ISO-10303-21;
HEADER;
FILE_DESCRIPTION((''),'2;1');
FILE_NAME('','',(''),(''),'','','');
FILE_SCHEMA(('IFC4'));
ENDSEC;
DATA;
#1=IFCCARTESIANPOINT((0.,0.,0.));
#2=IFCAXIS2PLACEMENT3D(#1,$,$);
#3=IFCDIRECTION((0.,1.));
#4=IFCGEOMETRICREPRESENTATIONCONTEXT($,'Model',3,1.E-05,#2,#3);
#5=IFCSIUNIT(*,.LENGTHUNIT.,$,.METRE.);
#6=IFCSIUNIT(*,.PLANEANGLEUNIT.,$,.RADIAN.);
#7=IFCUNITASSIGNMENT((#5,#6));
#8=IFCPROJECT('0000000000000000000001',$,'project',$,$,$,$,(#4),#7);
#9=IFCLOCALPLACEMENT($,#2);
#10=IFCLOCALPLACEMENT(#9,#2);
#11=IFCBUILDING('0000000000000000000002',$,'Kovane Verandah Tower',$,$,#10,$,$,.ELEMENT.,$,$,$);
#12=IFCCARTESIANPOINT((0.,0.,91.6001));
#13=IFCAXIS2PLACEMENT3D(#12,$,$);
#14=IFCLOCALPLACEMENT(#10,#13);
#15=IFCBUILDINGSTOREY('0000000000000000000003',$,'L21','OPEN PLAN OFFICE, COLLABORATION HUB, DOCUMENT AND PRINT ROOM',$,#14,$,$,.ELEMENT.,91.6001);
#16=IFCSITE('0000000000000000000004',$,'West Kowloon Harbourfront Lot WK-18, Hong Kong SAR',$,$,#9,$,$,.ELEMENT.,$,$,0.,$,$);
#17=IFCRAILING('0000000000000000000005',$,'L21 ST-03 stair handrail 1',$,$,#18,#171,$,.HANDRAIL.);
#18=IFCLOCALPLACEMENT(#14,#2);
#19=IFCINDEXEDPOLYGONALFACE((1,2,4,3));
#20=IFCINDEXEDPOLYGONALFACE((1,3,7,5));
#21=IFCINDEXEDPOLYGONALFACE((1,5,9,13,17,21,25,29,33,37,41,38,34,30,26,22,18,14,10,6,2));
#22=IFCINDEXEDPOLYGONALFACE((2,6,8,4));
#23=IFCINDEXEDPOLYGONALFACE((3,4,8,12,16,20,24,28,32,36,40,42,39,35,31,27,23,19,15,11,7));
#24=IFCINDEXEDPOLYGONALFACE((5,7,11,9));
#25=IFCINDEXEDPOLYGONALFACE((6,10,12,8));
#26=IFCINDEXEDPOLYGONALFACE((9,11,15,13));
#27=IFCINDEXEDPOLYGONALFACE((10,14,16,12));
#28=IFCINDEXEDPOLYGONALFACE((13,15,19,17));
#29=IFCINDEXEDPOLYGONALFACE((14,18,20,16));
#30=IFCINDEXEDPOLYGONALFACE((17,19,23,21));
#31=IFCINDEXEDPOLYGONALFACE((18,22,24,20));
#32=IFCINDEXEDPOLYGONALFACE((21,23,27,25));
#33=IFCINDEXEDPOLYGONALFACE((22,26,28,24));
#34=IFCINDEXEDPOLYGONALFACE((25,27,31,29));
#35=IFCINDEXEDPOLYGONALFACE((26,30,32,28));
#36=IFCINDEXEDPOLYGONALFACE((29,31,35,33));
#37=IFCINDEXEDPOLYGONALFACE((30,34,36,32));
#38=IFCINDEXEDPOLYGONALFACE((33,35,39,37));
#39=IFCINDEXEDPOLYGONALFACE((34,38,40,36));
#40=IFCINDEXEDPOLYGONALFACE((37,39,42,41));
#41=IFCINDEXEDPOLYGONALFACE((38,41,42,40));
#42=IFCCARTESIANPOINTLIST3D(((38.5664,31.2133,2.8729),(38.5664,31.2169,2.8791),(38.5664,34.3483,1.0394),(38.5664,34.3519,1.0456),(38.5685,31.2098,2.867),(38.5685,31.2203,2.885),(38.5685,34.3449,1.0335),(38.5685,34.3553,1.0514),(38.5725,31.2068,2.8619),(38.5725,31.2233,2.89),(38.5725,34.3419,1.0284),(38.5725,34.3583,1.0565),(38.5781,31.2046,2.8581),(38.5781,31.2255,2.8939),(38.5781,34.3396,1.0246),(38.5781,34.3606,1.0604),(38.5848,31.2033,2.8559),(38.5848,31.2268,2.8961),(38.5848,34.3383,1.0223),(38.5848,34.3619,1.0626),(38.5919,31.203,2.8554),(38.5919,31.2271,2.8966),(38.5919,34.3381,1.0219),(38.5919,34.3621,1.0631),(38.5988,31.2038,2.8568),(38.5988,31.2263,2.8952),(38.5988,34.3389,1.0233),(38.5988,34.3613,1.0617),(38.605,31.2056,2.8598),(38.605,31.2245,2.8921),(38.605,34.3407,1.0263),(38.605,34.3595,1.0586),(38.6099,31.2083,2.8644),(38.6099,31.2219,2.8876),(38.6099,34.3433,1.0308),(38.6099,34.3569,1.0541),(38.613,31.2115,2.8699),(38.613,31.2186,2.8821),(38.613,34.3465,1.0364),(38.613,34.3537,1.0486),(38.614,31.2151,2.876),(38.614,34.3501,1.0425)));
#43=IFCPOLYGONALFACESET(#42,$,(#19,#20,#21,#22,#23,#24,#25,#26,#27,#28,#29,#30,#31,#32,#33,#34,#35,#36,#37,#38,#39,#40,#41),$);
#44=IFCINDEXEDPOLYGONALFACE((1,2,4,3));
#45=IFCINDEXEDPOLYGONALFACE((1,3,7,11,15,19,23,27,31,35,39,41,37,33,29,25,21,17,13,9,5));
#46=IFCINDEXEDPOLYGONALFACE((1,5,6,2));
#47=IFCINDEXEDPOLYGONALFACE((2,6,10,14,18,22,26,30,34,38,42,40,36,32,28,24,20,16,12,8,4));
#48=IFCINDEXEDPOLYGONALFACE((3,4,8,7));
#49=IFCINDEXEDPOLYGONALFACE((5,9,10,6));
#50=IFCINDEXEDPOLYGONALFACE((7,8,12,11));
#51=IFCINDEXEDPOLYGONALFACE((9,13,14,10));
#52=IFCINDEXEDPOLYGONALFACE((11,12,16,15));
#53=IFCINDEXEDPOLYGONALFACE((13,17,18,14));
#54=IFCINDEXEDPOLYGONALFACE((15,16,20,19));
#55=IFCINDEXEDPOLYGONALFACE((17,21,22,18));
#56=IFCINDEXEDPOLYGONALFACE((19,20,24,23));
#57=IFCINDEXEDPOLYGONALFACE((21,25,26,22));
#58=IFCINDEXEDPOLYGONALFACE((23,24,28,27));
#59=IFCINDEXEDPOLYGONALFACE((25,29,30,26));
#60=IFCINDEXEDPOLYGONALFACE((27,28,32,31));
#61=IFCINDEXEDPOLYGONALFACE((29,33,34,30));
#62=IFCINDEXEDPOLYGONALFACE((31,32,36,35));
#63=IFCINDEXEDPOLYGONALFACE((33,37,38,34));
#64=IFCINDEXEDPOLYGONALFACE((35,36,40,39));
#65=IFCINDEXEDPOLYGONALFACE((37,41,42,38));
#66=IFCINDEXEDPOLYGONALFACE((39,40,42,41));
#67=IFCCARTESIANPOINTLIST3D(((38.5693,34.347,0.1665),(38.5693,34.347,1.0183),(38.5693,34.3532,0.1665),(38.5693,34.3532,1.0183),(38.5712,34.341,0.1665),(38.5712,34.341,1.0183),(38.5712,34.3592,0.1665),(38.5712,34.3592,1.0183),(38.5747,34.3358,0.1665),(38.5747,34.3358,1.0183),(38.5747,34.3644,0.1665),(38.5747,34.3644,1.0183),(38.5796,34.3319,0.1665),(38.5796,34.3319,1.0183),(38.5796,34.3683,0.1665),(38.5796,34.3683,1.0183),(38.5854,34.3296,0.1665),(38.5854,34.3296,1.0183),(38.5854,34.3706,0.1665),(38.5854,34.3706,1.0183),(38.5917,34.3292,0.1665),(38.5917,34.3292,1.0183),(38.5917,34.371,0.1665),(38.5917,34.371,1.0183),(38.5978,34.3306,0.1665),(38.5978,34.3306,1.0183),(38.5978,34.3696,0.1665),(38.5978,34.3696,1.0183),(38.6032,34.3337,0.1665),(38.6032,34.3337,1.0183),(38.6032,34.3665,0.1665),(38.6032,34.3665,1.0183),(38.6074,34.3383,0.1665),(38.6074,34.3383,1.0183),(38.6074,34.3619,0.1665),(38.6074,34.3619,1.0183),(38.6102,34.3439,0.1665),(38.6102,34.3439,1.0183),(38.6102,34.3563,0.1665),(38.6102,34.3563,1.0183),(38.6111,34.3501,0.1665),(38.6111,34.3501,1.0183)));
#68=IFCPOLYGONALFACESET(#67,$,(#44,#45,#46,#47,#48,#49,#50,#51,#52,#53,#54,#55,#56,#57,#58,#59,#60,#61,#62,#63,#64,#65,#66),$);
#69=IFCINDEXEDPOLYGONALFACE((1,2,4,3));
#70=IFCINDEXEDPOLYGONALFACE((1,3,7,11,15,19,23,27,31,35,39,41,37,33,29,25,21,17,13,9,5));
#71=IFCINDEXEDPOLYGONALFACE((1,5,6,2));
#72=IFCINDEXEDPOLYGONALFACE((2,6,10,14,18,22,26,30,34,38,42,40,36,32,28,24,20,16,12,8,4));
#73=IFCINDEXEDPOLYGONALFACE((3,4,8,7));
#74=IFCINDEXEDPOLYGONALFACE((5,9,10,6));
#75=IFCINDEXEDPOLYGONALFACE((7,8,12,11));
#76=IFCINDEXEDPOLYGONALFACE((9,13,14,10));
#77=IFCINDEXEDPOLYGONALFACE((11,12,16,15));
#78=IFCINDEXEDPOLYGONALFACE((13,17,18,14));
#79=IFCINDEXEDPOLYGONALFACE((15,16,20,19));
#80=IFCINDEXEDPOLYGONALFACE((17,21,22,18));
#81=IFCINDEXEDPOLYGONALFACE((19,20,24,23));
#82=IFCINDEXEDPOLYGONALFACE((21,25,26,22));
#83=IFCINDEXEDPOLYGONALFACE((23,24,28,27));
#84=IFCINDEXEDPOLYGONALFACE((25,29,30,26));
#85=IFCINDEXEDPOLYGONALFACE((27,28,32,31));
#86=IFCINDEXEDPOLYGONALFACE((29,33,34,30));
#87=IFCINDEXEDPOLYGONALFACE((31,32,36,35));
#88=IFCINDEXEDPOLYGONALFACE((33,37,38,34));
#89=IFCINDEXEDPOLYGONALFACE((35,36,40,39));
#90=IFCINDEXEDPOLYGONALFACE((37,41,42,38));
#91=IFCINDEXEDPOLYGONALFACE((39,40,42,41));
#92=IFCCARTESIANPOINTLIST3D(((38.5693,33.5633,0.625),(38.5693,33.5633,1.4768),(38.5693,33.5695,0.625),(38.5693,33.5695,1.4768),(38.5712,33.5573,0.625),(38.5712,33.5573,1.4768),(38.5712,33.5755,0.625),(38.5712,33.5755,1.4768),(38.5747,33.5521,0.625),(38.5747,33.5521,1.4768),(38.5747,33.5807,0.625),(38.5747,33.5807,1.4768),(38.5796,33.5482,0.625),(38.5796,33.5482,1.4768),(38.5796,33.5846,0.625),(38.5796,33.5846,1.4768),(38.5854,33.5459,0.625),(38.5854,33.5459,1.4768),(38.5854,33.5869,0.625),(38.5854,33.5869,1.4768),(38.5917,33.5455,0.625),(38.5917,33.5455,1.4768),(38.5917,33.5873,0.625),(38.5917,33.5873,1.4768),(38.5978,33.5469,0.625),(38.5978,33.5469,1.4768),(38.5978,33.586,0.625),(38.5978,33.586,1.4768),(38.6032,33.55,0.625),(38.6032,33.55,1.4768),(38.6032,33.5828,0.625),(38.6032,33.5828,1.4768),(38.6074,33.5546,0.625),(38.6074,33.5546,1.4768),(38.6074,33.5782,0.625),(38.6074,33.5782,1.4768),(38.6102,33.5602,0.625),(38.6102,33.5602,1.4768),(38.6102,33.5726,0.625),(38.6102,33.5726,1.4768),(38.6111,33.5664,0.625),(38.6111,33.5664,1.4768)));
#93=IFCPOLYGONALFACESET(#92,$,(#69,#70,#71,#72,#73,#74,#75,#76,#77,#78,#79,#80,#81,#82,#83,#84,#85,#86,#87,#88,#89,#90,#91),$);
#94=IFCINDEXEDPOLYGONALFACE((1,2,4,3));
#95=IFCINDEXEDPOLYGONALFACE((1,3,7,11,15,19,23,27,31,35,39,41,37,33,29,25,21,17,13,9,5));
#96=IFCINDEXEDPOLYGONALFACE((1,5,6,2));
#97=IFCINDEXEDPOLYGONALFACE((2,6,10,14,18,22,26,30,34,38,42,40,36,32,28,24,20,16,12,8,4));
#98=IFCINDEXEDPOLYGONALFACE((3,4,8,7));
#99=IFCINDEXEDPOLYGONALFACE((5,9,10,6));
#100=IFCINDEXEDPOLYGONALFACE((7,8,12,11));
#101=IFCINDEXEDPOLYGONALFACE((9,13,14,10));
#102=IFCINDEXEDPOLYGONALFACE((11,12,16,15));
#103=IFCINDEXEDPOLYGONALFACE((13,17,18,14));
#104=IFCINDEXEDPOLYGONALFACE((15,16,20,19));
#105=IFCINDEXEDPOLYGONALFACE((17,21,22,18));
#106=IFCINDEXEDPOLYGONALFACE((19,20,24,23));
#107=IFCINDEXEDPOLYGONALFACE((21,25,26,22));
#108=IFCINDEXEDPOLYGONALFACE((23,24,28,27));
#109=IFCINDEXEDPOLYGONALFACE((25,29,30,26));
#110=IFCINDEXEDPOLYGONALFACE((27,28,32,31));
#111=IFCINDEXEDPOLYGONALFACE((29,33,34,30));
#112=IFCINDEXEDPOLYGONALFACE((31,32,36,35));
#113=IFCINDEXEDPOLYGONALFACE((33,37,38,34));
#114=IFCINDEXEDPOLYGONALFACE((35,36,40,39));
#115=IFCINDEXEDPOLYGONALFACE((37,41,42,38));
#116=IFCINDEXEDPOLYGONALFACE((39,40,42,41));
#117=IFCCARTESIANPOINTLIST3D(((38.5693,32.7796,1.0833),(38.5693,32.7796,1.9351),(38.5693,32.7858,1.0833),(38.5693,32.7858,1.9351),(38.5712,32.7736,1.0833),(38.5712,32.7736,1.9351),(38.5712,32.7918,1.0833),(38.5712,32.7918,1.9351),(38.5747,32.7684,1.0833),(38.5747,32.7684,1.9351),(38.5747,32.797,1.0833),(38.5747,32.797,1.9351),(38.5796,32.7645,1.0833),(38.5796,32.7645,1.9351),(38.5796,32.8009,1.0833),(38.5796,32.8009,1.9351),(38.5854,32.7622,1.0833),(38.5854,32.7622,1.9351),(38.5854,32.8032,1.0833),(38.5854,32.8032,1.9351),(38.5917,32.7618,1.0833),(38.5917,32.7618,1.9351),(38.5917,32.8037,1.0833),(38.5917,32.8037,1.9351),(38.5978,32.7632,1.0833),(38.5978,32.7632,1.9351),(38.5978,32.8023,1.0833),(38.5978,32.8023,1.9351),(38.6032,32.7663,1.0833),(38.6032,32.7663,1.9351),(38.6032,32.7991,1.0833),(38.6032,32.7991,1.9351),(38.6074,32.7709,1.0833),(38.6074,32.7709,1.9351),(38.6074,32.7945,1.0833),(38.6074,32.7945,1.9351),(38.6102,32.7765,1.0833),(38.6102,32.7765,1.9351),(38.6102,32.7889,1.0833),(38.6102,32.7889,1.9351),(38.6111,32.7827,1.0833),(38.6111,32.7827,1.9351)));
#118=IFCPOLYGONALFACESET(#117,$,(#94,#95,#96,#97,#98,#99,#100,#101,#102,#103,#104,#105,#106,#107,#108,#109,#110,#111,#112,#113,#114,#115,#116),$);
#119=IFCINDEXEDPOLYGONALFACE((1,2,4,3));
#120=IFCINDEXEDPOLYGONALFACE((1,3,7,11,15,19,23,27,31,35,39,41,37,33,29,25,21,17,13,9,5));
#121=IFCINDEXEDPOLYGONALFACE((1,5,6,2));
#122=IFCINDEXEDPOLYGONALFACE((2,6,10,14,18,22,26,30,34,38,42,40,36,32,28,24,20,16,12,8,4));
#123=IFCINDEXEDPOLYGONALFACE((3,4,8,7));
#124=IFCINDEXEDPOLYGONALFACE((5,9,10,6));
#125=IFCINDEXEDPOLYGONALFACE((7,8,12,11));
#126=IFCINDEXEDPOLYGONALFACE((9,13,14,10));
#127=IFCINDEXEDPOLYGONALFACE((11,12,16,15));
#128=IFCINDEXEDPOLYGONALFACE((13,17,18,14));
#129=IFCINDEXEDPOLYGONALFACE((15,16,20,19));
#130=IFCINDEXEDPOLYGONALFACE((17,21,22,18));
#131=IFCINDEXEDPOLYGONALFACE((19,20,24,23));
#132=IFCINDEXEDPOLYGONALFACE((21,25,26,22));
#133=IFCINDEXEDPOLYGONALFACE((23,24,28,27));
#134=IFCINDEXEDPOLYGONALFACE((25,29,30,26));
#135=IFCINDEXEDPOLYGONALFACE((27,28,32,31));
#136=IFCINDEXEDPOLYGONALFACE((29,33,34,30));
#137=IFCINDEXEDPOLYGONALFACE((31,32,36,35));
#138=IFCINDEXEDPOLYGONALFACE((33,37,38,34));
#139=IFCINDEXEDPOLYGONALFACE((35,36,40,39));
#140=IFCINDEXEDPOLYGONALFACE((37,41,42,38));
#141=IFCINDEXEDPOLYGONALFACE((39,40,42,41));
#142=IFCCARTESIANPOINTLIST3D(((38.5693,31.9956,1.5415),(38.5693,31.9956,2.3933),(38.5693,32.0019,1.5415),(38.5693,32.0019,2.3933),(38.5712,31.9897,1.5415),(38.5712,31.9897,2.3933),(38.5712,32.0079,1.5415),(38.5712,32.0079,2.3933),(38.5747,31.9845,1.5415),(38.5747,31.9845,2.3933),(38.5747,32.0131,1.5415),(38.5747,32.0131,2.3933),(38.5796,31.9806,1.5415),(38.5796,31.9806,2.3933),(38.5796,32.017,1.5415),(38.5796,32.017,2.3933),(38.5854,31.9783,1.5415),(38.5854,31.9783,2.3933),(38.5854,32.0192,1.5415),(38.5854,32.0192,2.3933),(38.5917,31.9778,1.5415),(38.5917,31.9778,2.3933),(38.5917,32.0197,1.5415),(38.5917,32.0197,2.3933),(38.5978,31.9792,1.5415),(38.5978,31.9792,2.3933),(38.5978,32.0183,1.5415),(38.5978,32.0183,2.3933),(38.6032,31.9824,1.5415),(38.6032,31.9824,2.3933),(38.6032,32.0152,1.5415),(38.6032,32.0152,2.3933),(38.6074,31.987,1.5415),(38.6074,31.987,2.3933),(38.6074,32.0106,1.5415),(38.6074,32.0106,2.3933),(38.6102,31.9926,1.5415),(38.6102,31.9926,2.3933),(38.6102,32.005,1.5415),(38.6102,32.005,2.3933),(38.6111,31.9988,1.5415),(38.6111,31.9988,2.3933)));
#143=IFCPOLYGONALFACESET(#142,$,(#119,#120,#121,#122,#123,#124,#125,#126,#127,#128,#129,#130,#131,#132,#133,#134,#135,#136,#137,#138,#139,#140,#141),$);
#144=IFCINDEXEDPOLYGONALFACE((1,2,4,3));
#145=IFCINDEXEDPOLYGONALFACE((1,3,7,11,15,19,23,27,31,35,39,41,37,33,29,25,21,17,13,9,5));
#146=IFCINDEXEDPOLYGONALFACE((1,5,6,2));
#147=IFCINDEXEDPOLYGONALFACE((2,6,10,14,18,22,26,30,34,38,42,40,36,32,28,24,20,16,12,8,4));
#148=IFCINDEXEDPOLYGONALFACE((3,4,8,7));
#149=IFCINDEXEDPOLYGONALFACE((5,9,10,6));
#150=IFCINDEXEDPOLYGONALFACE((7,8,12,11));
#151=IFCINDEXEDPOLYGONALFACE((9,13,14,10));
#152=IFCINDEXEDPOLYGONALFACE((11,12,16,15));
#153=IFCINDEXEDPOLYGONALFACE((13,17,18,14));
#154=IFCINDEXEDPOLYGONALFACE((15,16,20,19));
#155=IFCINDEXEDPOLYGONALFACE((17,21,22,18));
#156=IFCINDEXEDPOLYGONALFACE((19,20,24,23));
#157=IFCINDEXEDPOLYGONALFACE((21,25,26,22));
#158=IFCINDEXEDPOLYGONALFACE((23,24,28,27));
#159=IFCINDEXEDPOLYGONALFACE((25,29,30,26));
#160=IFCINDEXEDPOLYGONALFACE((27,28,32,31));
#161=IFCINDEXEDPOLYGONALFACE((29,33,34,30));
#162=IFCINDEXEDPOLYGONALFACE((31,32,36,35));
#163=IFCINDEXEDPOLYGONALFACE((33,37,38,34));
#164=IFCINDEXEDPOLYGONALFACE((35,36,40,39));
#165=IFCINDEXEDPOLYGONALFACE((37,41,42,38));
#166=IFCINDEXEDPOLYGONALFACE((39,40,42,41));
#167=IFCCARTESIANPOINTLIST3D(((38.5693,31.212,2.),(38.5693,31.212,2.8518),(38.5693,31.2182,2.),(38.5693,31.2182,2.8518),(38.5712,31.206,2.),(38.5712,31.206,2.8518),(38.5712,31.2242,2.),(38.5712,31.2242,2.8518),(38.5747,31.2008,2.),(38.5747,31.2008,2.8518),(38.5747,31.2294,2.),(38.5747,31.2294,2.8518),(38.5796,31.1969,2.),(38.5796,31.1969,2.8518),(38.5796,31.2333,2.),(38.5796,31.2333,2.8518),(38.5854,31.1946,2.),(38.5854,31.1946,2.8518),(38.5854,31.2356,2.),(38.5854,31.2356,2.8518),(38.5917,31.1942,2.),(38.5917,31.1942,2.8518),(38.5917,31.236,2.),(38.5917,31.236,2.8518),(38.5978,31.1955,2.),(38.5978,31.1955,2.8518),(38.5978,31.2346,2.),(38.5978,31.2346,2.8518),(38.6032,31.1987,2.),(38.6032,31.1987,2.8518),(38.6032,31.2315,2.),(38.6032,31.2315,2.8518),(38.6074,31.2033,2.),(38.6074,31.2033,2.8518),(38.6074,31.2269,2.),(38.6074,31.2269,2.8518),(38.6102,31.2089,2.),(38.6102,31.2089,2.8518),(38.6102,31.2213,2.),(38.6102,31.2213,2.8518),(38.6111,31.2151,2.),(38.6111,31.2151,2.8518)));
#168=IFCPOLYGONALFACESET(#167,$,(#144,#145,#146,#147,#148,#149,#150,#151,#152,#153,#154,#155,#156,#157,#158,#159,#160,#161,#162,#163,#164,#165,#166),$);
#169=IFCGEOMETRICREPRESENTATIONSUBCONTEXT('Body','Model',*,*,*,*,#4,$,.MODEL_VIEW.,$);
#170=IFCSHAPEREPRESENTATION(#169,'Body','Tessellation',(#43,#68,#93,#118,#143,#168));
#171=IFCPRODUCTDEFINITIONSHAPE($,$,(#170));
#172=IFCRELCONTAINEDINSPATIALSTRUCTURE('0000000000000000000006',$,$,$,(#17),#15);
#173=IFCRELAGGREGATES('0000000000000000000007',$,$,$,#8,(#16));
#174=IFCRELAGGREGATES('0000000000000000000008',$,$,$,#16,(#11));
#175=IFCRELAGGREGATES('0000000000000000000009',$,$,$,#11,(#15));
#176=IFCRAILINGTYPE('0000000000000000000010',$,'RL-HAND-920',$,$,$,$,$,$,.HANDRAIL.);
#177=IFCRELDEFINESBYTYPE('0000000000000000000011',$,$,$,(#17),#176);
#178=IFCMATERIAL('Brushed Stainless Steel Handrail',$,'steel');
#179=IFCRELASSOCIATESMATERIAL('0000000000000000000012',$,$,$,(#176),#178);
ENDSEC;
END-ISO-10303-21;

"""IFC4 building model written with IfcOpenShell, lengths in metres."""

from ifc_helpers import new_model, si_unit, direction, frame, origin, origin_2d, place, context, subcontext, project, spatial, circle, extrude, material, type_object, element, save


model = new_model("IFC4")

# Units and contexts
model_context = context("Model", 3, precision=1e-05, world=origin(), true_north=direction((0.0, 1.0)))
body_context = subcontext(model_context, "Body", "Model", "MODEL_VIEW")
ifc_project = project(units=[si_unit("LENGTHUNIT", "METRE"), si_unit("PLANEANGLEUNIT", "RADIAN")], contexts=[model_context])

# Site, building, storey
site_placement = place(None, origin())
site = spatial("IfcSite", under=ifc_project, at=site_placement, Name="West Kowloon Harbourfront Lot WK-18, Hong Kong SAR", CompositionType="ELEMENT", RefElevation=0.0)
building_placement = place(site_placement, origin())
building = spatial("IfcBuilding", under=site, at=building_placement, Name="Kovane Verandah Tower", CompositionType="ELEMENT")
storey_placement = place(building_placement, frame((0.0, 0.0, 91.6001)))
storey = spatial("IfcBuildingStorey", under=building, at=storey_placement, Name="L21", Description="OPEN PLAN OFFICE, COLLABORATION HUB, DOCUMENT AND PRINT ROOM", CompositionType="ELEMENT", Elevation=91.6001)

# Railing
ifc_material_1 = material(Name="Brushed Stainless Steel Handrail", Category="steel")
railing_type_1 = type_object("IfcRailingType", Name="RL-HAND-920", PredefinedType="HANDRAIL", material=ifc_material_1)
railing_1_placement = place(storey_placement, frame((38.5901, 34.3501, 0.1665)))
element("IfcRailing", 1, at=railing_1_placement, inside=storey, type_object=railing_type_1, Name="L21 ST-03 stair handrail 1", PredefinedType="HANDRAIL", context=body_context, shape_type="SweptSolid", body=[
    extrude(circle(Radius=0.0239, at=origin_2d()), frame((0.0, 0.0, 0.876), z_axis=(0.0, -0.86321, 0.504845), x_axis=(1.0, 0.0, 0.0)), (0.0, 0.0, 1.0), 3.6318),
    extrude(circle(Radius=0.021, at=origin_2d()), origin(), (0.0, 0.0, 1.0), 0.8518),
    extrude(circle(Radius=0.021, at=origin_2d()), frame((0.0, -0.7837, 0.4585)), (0.0, 0.0, 1.0), 0.8518),
    extrude(circle(Radius=0.021, at=origin_2d()), frame((0.0, -1.5674, 0.9167)), (0.0, 0.0, 1.0), 0.8518),
    extrude(circle(Radius=0.021, at=origin_2d()), frame((0.0, -2.3513, 1.375)), (0.0, 0.0, 1.0), 0.8518),
    extrude(circle(Radius=0.021, at=origin_2d()), frame((0.0, -3.135, 1.8335)), (0.0, 0.0, 1.0), 0.8518),
])

save(model, "model.ifc")
